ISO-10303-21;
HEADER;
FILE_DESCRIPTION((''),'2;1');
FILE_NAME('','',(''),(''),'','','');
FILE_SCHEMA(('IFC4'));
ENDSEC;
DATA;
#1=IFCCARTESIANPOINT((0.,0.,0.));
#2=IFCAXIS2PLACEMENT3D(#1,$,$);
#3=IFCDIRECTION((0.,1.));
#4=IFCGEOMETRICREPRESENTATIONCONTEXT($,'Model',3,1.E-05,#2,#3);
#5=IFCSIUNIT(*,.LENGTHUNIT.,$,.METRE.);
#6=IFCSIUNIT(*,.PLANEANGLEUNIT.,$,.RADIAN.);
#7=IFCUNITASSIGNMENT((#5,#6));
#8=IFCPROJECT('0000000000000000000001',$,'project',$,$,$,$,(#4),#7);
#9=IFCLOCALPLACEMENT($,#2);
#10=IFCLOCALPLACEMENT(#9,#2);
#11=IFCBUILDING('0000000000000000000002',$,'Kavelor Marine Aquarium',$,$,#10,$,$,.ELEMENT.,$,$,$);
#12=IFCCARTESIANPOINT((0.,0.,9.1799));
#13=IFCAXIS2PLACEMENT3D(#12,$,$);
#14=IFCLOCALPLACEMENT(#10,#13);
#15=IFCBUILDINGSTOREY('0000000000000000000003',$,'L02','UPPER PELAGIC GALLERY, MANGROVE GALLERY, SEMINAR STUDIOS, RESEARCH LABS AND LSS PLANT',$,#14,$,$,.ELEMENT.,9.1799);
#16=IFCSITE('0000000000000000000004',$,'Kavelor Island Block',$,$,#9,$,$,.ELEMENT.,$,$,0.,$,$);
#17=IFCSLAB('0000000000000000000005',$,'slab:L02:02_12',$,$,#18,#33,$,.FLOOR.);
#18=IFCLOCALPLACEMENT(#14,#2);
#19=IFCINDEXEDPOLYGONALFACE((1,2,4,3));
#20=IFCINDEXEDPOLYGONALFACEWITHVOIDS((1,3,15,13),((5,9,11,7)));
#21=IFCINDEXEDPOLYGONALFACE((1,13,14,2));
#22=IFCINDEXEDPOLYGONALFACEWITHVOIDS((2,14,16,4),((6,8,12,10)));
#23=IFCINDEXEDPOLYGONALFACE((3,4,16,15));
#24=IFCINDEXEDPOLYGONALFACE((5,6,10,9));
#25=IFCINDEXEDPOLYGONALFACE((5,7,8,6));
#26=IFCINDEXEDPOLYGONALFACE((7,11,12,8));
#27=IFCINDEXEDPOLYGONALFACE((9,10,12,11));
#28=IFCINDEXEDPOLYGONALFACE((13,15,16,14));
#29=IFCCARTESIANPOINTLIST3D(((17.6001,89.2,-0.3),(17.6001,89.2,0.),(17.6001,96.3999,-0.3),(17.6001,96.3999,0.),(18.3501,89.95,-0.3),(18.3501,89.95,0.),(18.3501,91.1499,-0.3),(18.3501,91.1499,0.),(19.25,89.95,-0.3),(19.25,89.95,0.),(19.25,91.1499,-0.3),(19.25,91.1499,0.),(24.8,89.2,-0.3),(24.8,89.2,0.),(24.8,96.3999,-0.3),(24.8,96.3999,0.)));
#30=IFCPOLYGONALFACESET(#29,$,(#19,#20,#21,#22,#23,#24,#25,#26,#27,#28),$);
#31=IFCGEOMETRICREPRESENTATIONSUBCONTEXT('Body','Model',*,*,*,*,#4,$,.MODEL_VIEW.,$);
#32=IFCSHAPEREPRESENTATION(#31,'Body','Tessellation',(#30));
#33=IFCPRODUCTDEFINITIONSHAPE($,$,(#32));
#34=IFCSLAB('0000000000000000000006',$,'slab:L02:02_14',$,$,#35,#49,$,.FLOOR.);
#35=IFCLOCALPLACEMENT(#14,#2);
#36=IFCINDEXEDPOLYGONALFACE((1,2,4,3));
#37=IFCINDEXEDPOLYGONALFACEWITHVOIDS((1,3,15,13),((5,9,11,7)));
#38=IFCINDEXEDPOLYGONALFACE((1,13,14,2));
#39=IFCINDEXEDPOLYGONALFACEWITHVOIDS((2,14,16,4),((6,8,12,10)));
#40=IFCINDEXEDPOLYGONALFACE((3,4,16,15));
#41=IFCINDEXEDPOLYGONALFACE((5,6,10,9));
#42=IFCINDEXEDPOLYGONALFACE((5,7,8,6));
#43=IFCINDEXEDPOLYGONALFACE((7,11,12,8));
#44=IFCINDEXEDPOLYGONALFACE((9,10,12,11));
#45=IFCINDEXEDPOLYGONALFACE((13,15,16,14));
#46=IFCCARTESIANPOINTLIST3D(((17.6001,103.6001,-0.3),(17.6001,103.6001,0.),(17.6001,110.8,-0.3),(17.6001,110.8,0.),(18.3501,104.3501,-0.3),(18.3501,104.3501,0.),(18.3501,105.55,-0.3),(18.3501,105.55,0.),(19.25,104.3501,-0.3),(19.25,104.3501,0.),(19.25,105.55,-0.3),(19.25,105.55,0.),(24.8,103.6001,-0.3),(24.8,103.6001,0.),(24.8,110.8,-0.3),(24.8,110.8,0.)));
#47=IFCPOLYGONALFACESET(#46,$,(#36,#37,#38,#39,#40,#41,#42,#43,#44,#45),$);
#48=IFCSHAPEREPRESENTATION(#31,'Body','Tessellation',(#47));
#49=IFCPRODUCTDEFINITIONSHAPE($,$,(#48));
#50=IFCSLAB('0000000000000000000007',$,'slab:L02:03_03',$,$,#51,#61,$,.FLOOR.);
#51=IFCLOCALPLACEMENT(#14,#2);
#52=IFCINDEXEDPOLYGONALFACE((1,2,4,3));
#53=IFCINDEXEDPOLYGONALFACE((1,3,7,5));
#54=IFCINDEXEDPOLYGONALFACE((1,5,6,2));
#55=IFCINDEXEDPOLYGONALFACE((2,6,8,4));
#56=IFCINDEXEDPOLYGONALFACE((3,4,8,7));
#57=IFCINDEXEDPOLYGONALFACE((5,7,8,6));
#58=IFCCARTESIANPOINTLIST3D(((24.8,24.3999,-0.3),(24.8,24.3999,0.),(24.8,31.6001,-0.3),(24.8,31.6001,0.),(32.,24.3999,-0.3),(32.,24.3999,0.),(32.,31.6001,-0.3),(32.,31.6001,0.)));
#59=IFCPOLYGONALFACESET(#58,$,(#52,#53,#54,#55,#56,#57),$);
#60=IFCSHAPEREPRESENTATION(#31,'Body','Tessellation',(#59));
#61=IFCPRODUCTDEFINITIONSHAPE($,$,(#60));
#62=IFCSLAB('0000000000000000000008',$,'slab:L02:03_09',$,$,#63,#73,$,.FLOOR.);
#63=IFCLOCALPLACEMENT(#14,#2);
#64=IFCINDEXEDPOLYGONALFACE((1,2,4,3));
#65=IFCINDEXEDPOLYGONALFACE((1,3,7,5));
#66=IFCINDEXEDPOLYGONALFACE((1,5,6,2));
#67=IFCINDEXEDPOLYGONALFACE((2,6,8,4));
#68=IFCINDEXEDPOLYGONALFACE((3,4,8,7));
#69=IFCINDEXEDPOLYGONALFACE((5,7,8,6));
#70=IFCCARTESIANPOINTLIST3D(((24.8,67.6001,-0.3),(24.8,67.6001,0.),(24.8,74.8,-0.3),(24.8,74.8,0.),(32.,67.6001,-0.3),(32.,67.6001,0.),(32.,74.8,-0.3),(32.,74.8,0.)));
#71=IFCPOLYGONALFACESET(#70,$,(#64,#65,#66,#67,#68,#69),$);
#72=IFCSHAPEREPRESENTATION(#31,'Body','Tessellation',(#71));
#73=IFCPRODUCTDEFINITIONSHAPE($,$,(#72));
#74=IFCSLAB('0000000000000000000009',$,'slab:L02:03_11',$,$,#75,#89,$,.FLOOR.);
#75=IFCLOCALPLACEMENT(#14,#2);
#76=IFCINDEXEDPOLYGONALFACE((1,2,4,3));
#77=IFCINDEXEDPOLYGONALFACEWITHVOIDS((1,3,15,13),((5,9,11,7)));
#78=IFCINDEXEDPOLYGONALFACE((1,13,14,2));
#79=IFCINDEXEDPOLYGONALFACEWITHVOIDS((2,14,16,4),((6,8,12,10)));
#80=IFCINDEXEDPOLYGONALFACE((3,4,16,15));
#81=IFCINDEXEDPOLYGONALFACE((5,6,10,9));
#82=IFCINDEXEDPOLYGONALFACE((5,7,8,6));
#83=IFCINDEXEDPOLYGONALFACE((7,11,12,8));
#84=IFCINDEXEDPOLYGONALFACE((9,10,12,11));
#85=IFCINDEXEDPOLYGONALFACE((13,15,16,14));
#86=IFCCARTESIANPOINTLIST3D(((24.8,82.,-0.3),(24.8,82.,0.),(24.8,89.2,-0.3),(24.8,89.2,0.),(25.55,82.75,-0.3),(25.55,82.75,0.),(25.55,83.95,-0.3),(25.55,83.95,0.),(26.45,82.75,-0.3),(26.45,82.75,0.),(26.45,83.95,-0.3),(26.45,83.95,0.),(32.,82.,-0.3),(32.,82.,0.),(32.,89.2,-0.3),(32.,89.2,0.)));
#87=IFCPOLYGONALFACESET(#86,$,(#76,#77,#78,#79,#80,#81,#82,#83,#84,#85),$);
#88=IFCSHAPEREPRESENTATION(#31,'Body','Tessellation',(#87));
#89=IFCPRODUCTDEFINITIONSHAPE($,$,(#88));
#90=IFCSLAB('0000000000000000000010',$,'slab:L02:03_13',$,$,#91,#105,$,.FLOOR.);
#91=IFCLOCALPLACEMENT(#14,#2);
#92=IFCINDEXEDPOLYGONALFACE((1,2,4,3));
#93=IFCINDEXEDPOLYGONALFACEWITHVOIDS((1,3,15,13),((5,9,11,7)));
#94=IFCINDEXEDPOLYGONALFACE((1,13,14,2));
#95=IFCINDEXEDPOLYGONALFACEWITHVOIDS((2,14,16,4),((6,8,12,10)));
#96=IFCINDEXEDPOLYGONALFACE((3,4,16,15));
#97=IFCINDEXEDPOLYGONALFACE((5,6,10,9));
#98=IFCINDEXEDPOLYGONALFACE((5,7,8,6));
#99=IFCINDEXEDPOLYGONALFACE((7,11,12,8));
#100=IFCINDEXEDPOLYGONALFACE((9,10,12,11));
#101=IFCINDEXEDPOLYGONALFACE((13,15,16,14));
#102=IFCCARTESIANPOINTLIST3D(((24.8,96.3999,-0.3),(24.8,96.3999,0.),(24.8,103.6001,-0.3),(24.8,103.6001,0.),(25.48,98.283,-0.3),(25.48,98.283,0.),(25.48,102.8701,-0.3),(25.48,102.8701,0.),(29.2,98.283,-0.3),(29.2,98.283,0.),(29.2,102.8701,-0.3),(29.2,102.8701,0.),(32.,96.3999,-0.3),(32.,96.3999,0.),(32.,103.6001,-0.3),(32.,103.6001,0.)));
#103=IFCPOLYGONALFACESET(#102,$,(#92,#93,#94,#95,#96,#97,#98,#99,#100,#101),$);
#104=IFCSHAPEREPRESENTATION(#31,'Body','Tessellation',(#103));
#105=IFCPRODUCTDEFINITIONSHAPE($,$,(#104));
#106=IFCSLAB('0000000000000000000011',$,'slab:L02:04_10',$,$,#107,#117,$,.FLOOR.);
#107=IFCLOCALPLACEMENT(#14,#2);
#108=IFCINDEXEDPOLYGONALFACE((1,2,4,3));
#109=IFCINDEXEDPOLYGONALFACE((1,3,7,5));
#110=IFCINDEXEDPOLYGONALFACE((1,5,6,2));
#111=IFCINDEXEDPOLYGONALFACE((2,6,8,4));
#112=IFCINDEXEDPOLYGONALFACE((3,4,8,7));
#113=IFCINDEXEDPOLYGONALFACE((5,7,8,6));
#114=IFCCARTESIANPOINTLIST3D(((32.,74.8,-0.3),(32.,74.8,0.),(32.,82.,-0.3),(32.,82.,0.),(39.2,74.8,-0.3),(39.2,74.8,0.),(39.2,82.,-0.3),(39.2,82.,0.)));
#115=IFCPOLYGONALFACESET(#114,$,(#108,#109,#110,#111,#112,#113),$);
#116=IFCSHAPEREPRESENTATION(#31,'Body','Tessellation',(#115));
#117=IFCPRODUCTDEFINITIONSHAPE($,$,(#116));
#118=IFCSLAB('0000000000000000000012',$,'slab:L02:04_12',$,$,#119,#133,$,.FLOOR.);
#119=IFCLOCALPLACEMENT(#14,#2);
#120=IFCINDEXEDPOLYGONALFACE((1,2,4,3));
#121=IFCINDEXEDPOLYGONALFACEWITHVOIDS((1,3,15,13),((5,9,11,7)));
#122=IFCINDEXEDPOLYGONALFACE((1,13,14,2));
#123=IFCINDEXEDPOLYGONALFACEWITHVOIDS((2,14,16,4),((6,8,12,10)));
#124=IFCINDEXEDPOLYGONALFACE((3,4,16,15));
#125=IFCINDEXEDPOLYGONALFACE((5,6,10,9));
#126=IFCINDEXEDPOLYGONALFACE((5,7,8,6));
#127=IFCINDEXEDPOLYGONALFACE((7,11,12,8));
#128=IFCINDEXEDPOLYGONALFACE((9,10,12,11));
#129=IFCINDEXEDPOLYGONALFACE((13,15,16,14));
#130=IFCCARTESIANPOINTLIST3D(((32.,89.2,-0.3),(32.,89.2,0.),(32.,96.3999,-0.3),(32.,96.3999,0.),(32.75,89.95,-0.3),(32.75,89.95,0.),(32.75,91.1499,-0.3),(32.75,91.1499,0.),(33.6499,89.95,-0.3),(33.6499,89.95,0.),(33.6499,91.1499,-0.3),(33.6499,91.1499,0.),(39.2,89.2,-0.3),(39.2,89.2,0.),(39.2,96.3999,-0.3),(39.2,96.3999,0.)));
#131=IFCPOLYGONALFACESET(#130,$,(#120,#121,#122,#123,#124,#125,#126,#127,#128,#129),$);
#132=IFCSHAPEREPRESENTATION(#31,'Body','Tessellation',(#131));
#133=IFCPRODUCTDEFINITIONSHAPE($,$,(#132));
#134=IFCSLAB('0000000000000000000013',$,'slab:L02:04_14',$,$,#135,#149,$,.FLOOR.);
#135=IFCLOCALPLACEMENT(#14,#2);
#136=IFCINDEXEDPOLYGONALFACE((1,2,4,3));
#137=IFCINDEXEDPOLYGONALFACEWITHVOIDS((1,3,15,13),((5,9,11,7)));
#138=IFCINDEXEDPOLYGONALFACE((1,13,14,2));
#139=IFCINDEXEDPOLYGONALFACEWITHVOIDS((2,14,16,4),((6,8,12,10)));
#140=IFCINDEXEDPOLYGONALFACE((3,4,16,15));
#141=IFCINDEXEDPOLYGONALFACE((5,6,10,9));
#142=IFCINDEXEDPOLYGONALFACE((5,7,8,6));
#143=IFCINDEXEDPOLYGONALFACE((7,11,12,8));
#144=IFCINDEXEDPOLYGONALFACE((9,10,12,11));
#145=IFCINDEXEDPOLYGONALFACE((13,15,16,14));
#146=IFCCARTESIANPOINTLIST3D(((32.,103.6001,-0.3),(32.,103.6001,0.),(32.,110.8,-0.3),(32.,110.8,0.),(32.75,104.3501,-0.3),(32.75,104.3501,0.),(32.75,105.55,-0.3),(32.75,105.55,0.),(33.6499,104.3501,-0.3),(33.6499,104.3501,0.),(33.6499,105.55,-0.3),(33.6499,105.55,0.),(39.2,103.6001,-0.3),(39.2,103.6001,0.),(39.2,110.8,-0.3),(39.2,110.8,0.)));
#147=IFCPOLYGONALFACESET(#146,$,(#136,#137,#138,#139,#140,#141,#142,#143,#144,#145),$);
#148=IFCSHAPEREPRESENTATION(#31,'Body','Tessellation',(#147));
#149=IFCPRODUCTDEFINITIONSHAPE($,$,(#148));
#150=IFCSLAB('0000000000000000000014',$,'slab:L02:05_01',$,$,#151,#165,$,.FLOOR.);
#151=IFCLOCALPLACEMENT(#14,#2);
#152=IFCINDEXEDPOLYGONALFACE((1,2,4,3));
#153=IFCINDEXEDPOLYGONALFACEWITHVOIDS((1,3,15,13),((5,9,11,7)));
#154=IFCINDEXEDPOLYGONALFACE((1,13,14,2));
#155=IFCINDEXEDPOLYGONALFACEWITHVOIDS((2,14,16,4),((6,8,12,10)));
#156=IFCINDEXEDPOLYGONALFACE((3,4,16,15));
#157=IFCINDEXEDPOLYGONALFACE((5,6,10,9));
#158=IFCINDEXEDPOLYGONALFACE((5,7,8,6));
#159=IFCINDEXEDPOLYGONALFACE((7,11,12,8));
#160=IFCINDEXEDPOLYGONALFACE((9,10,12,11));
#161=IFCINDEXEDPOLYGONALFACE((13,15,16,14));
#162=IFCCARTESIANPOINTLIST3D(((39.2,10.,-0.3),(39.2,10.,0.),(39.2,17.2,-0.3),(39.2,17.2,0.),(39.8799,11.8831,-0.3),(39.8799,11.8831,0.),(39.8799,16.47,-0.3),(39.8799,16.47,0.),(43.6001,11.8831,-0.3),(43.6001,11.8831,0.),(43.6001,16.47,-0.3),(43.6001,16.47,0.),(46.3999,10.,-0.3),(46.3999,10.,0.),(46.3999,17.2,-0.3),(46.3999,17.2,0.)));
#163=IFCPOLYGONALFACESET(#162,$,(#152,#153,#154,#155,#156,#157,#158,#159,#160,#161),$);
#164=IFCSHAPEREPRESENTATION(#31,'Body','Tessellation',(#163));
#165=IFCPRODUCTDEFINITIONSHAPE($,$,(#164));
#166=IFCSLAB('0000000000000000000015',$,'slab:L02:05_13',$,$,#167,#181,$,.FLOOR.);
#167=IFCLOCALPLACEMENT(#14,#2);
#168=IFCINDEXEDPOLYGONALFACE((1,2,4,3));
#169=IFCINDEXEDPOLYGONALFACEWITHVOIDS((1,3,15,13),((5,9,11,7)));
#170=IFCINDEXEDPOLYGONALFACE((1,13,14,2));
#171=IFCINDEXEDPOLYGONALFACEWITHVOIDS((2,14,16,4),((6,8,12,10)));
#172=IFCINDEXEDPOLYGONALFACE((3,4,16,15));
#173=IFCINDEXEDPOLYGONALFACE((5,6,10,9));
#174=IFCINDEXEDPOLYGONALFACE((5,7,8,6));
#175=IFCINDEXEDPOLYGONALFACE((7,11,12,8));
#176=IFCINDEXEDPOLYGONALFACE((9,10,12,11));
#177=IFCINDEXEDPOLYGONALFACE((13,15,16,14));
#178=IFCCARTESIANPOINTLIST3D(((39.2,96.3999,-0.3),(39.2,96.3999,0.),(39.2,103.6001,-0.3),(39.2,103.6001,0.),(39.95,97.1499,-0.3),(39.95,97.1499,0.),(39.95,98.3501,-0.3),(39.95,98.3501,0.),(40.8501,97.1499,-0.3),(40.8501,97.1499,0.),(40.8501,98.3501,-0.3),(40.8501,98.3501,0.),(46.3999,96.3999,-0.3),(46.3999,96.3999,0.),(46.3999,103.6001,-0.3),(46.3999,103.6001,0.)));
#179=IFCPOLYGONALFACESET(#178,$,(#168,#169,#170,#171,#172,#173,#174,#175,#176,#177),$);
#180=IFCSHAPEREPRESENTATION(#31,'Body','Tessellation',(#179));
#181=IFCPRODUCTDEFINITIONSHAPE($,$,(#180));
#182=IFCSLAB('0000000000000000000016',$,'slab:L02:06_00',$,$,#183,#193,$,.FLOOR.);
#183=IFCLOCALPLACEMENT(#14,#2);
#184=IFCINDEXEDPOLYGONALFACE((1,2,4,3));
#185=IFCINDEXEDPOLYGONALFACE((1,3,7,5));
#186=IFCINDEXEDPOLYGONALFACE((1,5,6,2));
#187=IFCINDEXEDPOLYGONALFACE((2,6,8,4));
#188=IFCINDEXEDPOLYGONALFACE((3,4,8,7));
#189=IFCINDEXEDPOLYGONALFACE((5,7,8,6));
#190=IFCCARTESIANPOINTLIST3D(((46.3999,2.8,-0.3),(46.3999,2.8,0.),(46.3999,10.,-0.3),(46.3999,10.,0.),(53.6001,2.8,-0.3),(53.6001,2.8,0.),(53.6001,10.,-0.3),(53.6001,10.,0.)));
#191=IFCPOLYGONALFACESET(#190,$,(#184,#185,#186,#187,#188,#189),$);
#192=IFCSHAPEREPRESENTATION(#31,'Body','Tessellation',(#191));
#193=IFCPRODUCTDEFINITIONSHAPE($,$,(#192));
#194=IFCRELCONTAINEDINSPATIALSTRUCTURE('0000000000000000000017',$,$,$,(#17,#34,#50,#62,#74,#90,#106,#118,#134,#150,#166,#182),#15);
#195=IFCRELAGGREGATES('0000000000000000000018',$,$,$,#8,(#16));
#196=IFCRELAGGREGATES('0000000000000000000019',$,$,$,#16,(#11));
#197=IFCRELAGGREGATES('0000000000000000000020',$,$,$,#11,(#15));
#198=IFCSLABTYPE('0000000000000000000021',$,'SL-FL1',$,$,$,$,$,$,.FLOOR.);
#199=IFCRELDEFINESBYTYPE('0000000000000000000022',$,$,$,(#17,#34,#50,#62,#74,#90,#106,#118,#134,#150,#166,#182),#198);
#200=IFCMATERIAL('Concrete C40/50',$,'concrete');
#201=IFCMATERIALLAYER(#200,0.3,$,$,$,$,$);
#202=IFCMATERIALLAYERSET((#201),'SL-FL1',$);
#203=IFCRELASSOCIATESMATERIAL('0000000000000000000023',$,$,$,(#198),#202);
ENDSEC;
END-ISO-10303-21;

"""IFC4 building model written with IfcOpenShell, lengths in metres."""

from ifc_helpers import new_model, si_unit, direction, frame, origin, place, context, subcontext, project, spatial, polyline, outline, extrude, material, layer, layer_set, type_object, element, save


model = new_model("IFC4")

# Units and contexts
model_context = context("Model", 3, precision=1e-05, world=origin(), true_north=direction((0.0, 1.0)))
body_context = subcontext(model_context, "Body", "Model", "MODEL_VIEW")
ifc_project = project(units=[si_unit("LENGTHUNIT", "METRE"), si_unit("PLANEANGLEUNIT", "RADIAN")], contexts=[model_context])

# Site, building, storey
site_placement = place(None, origin())
site = spatial("IfcSite", under=ifc_project, at=site_placement, Name="Kavelor Island Block", CompositionType="ELEMENT", RefElevation=0.0)
building_placement = place(site_placement, origin())
building = spatial("IfcBuilding", under=site, at=building_placement, Name="Kavelor Marine Aquarium", CompositionType="ELEMENT")
storey_placement = place(building_placement, frame((0.0, 0.0, 9.1799)))
storey = spatial("IfcBuildingStorey", under=building, at=storey_placement, Name="L02", Description="UPPER PELAGIC GALLERY, MANGROVE GALLERY, SEMINAR STUDIOS, RESEARCH LABS AND LSS PLANT", CompositionType="ELEMENT", Elevation=9.1799)

# Slabs
ifc_material = material(Name="Concrete C40/50", Category="concrete")
ifc_layer = layer(ifc_material, 0.3)
ifc_layer_set = layer_set([ifc_layer], Name="SL-FL1")
slab_type = type_object("IfcSlabType", Name="SL-FL1", PredefinedType="FLOOR", material=ifc_layer_set)
slab_1_placement = place(storey_placement, frame((0.0, 0.0, -0.3)))
element("IfcSlab", 1, at=slab_1_placement, inside=storey, type_object=slab_type, Name="slab:L02:02_12", PredefinedType="FLOOR", context=body_context, shape_type="SweptSolid", body=[
    extrude(outline(polyline([(17.6001, 89.2), (24.8, 89.2), (24.8, 96.3999), (17.6001, 96.3999), (17.6001, 89.2)]), holes=[polyline([(18.3501, 89.95), (19.25, 89.95), (19.25, 91.1499), (18.3501, 91.1499), (18.3501, 89.95)])]), origin(), (0.0, 0.0, 1.0), 0.3),
])
slab_2_placement = place(storey_placement, frame((0.0, 0.0, -0.3)))
element("IfcSlab", 2, at=slab_2_placement, inside=storey, type_object=slab_type, Name="slab:L02:02_14", PredefinedType="FLOOR", context=body_context, shape_type="SweptSolid", body=[
    extrude(outline(polyline([(17.6001, 103.6001), (24.8, 103.6001), (24.8, 110.8), (17.6001, 110.8), (17.6001, 103.6001)]), holes=[polyline([(18.3501, 104.3501), (19.25, 104.3501), (19.25, 105.55), (18.3501, 105.55), (18.3501, 104.3501)])]), origin(), (0.0, 0.0, 1.0), 0.3),
])
slab_3_placement = place(storey_placement, frame((0.0, 0.0, -0.3)))
element("IfcSlab", 3, at=slab_3_placement, inside=storey, type_object=slab_type, Name="slab:L02:03_03", PredefinedType="FLOOR", context=body_context, shape_type="SweptSolid", body=[
    extrude(outline(polyline([(24.8, 24.3999), (32.0, 24.3999), (32.0, 31.6001), (24.8, 31.6001), (24.8, 24.3999)])), origin(), (0.0, 0.0, 1.0), 0.3),
])
slab_4_placement = place(storey_placement, frame((0.0, 0.0, -0.3)))
element("IfcSlab", 4, at=slab_4_placement, inside=storey, type_object=slab_type, Name="slab:L02:03_09", PredefinedType="FLOOR", context=body_context, shape_type="SweptSolid", body=[
    extrude(outline(polyline([(24.8, 67.6001), (32.0, 67.6001), (32.0, 74.8), (24.8, 74.8), (24.8, 67.6001)])), origin(), (0.0, 0.0, 1.0), 0.3),
])
slab_5_placement = place(storey_placement, frame((0.0, 0.0, -0.3)))
element("IfcSlab", 5, at=slab_5_placement, inside=storey, type_object=slab_type, Name="slab:L02:03_11", PredefinedType="FLOOR", context=body_context, shape_type="SweptSolid", body=[
    extrude(outline(polyline([(24.8, 82.0), (32.0, 82.0), (32.0, 89.2), (24.8, 89.2), (24.8, 82.0)]), holes=[polyline([(25.55, 82.75), (26.45, 82.75), (26.45, 83.95), (25.55, 83.95), (25.55, 82.75)])]), origin(), (0.0, 0.0, 1.0), 0.3),
])
slab_6_placement = place(storey_placement, frame((0.0, 0.0, -0.3)))
element("IfcSlab", 6, at=slab_6_placement, inside=storey, type_object=slab_type, Name="slab:L02:03_13", PredefinedType="FLOOR", context=body_context, shape_type="SweptSolid", body=[
    extrude(outline(polyline([(24.8, 96.3999), (32.0, 96.3999), (32.0, 103.6001), (24.8, 103.6001), (24.8, 96.3999)]), holes=[polyline([(25.48, 98.283), (29.2, 98.283), (29.2, 102.8701), (25.48, 102.8701), (25.48, 98.283)])]), origin(), (0.0, 0.0, 1.0), 0.3),
])
slab_7_placement = place(storey_placement, frame((0.0, 0.0, -0.3)))
element("IfcSlab", 7, at=slab_7_placement, inside=storey, type_object=slab_type, Name="slab:L02:04_10", PredefinedType="FLOOR", context=body_context, shape_type="SweptSolid", body=[
    extrude(outline(polyline([(32.0, 74.8), (39.2, 74.8), (39.2, 82.0), (32.0, 82.0), (32.0, 74.8)])), origin(), (0.0, 0.0, 1.0), 0.3),
])
slab_8_placement = place(storey_placement, frame((0.0, 0.0, -0.3)))
element("IfcSlab", 8, at=slab_8_placement, inside=storey, type_object=slab_type, Name="slab:L02:04_12", PredefinedType="FLOOR", context=body_context, shape_type="SweptSolid", body=[
    extrude(outline(polyline([(32.0, 89.2), (39.2, 89.2), (39.2, 96.3999), (32.0, 96.3999), (32.0, 89.2)]), holes=[polyline([(32.75, 89.95), (33.6499, 89.95), (33.6499, 91.1499), (32.75, 91.1499), (32.75, 89.95)])]), origin(), (0.0, 0.0, 1.0), 0.3),
])
slab_9_placement = place(storey_placement, frame((0.0, 0.0, -0.3)))
element("IfcSlab", 9, at=slab_9_placement, inside=storey, type_object=slab_type, Name="slab:L02:04_14", PredefinedType="FLOOR", context=body_context, shape_type="SweptSolid", body=[
    extrude(outline(polyline([(32.0, 103.6001), (39.2, 103.6001), (39.2, 110.8), (32.0, 110.8), (32.0, 103.6001)]), holes=[polyline([(32.75, 104.3501), (33.6499, 104.3501), (33.6499, 105.55), (32.75, 105.55), (32.75, 104.3501)])]), origin(), (0.0, 0.0, 1.0), 0.3),
])
slab_10_placement = place(storey_placement, frame((0.0, 0.0, -0.3)))
element("IfcSlab", 10, at=slab_10_placement, inside=storey, type_object=slab_type, Name="slab:L02:05_01", PredefinedType="FLOOR", context=body_context, shape_type="SweptSolid", body=[
    extrude(outline(polyline([(39.2, 10.0), (46.3999, 10.0), (46.3999, 17.2), (39.2, 17.2), (39.2, 10.0)]), holes=[polyline([(39.8799, 11.8831), (43.6001, 11.8831), (43.6001, 16.47), (39.8799, 16.47), (39.8799, 11.8831)])]), origin(), (0.0, 0.0, 1.0), 0.3),
])
slab_11_placement = place(storey_placement, frame((0.0, 0.0, -0.3)))
element("IfcSlab", 11, at=slab_11_placement, inside=storey, type_object=slab_type, Name="slab:L02:05_13", PredefinedType="FLOOR", context=body_context, shape_type="SweptSolid", body=[
    extrude(outline(polyline([(39.2, 96.3999), (46.3999, 96.3999), (46.3999, 103.6001), (39.2, 103.6001), (39.2, 96.3999)]), holes=[polyline([(39.95, 97.1499), (40.8501, 97.1499), (40.8501, 98.3501), (39.95, 98.3501), (39.95, 97.1499)])]), origin(), (0.0, 0.0, 1.0), 0.3),
])
slab_12_placement = place(storey_placement, frame((0.0, 0.0, -0.3)))
element("IfcSlab", 12, at=slab_12_placement, inside=storey, type_object=slab_type, Name="slab:L02:06_00", PredefinedType="FLOOR", context=body_context, shape_type="SweptSolid", body=[
    extrude(outline(polyline([(46.3999, 2.8), (53.6001, 2.8), (53.6001, 10.0), (46.3999, 10.0), (46.3999, 2.8)])), origin(), (0.0, 0.0, 1.0), 0.3),
])

save(model, "model.ifc")
